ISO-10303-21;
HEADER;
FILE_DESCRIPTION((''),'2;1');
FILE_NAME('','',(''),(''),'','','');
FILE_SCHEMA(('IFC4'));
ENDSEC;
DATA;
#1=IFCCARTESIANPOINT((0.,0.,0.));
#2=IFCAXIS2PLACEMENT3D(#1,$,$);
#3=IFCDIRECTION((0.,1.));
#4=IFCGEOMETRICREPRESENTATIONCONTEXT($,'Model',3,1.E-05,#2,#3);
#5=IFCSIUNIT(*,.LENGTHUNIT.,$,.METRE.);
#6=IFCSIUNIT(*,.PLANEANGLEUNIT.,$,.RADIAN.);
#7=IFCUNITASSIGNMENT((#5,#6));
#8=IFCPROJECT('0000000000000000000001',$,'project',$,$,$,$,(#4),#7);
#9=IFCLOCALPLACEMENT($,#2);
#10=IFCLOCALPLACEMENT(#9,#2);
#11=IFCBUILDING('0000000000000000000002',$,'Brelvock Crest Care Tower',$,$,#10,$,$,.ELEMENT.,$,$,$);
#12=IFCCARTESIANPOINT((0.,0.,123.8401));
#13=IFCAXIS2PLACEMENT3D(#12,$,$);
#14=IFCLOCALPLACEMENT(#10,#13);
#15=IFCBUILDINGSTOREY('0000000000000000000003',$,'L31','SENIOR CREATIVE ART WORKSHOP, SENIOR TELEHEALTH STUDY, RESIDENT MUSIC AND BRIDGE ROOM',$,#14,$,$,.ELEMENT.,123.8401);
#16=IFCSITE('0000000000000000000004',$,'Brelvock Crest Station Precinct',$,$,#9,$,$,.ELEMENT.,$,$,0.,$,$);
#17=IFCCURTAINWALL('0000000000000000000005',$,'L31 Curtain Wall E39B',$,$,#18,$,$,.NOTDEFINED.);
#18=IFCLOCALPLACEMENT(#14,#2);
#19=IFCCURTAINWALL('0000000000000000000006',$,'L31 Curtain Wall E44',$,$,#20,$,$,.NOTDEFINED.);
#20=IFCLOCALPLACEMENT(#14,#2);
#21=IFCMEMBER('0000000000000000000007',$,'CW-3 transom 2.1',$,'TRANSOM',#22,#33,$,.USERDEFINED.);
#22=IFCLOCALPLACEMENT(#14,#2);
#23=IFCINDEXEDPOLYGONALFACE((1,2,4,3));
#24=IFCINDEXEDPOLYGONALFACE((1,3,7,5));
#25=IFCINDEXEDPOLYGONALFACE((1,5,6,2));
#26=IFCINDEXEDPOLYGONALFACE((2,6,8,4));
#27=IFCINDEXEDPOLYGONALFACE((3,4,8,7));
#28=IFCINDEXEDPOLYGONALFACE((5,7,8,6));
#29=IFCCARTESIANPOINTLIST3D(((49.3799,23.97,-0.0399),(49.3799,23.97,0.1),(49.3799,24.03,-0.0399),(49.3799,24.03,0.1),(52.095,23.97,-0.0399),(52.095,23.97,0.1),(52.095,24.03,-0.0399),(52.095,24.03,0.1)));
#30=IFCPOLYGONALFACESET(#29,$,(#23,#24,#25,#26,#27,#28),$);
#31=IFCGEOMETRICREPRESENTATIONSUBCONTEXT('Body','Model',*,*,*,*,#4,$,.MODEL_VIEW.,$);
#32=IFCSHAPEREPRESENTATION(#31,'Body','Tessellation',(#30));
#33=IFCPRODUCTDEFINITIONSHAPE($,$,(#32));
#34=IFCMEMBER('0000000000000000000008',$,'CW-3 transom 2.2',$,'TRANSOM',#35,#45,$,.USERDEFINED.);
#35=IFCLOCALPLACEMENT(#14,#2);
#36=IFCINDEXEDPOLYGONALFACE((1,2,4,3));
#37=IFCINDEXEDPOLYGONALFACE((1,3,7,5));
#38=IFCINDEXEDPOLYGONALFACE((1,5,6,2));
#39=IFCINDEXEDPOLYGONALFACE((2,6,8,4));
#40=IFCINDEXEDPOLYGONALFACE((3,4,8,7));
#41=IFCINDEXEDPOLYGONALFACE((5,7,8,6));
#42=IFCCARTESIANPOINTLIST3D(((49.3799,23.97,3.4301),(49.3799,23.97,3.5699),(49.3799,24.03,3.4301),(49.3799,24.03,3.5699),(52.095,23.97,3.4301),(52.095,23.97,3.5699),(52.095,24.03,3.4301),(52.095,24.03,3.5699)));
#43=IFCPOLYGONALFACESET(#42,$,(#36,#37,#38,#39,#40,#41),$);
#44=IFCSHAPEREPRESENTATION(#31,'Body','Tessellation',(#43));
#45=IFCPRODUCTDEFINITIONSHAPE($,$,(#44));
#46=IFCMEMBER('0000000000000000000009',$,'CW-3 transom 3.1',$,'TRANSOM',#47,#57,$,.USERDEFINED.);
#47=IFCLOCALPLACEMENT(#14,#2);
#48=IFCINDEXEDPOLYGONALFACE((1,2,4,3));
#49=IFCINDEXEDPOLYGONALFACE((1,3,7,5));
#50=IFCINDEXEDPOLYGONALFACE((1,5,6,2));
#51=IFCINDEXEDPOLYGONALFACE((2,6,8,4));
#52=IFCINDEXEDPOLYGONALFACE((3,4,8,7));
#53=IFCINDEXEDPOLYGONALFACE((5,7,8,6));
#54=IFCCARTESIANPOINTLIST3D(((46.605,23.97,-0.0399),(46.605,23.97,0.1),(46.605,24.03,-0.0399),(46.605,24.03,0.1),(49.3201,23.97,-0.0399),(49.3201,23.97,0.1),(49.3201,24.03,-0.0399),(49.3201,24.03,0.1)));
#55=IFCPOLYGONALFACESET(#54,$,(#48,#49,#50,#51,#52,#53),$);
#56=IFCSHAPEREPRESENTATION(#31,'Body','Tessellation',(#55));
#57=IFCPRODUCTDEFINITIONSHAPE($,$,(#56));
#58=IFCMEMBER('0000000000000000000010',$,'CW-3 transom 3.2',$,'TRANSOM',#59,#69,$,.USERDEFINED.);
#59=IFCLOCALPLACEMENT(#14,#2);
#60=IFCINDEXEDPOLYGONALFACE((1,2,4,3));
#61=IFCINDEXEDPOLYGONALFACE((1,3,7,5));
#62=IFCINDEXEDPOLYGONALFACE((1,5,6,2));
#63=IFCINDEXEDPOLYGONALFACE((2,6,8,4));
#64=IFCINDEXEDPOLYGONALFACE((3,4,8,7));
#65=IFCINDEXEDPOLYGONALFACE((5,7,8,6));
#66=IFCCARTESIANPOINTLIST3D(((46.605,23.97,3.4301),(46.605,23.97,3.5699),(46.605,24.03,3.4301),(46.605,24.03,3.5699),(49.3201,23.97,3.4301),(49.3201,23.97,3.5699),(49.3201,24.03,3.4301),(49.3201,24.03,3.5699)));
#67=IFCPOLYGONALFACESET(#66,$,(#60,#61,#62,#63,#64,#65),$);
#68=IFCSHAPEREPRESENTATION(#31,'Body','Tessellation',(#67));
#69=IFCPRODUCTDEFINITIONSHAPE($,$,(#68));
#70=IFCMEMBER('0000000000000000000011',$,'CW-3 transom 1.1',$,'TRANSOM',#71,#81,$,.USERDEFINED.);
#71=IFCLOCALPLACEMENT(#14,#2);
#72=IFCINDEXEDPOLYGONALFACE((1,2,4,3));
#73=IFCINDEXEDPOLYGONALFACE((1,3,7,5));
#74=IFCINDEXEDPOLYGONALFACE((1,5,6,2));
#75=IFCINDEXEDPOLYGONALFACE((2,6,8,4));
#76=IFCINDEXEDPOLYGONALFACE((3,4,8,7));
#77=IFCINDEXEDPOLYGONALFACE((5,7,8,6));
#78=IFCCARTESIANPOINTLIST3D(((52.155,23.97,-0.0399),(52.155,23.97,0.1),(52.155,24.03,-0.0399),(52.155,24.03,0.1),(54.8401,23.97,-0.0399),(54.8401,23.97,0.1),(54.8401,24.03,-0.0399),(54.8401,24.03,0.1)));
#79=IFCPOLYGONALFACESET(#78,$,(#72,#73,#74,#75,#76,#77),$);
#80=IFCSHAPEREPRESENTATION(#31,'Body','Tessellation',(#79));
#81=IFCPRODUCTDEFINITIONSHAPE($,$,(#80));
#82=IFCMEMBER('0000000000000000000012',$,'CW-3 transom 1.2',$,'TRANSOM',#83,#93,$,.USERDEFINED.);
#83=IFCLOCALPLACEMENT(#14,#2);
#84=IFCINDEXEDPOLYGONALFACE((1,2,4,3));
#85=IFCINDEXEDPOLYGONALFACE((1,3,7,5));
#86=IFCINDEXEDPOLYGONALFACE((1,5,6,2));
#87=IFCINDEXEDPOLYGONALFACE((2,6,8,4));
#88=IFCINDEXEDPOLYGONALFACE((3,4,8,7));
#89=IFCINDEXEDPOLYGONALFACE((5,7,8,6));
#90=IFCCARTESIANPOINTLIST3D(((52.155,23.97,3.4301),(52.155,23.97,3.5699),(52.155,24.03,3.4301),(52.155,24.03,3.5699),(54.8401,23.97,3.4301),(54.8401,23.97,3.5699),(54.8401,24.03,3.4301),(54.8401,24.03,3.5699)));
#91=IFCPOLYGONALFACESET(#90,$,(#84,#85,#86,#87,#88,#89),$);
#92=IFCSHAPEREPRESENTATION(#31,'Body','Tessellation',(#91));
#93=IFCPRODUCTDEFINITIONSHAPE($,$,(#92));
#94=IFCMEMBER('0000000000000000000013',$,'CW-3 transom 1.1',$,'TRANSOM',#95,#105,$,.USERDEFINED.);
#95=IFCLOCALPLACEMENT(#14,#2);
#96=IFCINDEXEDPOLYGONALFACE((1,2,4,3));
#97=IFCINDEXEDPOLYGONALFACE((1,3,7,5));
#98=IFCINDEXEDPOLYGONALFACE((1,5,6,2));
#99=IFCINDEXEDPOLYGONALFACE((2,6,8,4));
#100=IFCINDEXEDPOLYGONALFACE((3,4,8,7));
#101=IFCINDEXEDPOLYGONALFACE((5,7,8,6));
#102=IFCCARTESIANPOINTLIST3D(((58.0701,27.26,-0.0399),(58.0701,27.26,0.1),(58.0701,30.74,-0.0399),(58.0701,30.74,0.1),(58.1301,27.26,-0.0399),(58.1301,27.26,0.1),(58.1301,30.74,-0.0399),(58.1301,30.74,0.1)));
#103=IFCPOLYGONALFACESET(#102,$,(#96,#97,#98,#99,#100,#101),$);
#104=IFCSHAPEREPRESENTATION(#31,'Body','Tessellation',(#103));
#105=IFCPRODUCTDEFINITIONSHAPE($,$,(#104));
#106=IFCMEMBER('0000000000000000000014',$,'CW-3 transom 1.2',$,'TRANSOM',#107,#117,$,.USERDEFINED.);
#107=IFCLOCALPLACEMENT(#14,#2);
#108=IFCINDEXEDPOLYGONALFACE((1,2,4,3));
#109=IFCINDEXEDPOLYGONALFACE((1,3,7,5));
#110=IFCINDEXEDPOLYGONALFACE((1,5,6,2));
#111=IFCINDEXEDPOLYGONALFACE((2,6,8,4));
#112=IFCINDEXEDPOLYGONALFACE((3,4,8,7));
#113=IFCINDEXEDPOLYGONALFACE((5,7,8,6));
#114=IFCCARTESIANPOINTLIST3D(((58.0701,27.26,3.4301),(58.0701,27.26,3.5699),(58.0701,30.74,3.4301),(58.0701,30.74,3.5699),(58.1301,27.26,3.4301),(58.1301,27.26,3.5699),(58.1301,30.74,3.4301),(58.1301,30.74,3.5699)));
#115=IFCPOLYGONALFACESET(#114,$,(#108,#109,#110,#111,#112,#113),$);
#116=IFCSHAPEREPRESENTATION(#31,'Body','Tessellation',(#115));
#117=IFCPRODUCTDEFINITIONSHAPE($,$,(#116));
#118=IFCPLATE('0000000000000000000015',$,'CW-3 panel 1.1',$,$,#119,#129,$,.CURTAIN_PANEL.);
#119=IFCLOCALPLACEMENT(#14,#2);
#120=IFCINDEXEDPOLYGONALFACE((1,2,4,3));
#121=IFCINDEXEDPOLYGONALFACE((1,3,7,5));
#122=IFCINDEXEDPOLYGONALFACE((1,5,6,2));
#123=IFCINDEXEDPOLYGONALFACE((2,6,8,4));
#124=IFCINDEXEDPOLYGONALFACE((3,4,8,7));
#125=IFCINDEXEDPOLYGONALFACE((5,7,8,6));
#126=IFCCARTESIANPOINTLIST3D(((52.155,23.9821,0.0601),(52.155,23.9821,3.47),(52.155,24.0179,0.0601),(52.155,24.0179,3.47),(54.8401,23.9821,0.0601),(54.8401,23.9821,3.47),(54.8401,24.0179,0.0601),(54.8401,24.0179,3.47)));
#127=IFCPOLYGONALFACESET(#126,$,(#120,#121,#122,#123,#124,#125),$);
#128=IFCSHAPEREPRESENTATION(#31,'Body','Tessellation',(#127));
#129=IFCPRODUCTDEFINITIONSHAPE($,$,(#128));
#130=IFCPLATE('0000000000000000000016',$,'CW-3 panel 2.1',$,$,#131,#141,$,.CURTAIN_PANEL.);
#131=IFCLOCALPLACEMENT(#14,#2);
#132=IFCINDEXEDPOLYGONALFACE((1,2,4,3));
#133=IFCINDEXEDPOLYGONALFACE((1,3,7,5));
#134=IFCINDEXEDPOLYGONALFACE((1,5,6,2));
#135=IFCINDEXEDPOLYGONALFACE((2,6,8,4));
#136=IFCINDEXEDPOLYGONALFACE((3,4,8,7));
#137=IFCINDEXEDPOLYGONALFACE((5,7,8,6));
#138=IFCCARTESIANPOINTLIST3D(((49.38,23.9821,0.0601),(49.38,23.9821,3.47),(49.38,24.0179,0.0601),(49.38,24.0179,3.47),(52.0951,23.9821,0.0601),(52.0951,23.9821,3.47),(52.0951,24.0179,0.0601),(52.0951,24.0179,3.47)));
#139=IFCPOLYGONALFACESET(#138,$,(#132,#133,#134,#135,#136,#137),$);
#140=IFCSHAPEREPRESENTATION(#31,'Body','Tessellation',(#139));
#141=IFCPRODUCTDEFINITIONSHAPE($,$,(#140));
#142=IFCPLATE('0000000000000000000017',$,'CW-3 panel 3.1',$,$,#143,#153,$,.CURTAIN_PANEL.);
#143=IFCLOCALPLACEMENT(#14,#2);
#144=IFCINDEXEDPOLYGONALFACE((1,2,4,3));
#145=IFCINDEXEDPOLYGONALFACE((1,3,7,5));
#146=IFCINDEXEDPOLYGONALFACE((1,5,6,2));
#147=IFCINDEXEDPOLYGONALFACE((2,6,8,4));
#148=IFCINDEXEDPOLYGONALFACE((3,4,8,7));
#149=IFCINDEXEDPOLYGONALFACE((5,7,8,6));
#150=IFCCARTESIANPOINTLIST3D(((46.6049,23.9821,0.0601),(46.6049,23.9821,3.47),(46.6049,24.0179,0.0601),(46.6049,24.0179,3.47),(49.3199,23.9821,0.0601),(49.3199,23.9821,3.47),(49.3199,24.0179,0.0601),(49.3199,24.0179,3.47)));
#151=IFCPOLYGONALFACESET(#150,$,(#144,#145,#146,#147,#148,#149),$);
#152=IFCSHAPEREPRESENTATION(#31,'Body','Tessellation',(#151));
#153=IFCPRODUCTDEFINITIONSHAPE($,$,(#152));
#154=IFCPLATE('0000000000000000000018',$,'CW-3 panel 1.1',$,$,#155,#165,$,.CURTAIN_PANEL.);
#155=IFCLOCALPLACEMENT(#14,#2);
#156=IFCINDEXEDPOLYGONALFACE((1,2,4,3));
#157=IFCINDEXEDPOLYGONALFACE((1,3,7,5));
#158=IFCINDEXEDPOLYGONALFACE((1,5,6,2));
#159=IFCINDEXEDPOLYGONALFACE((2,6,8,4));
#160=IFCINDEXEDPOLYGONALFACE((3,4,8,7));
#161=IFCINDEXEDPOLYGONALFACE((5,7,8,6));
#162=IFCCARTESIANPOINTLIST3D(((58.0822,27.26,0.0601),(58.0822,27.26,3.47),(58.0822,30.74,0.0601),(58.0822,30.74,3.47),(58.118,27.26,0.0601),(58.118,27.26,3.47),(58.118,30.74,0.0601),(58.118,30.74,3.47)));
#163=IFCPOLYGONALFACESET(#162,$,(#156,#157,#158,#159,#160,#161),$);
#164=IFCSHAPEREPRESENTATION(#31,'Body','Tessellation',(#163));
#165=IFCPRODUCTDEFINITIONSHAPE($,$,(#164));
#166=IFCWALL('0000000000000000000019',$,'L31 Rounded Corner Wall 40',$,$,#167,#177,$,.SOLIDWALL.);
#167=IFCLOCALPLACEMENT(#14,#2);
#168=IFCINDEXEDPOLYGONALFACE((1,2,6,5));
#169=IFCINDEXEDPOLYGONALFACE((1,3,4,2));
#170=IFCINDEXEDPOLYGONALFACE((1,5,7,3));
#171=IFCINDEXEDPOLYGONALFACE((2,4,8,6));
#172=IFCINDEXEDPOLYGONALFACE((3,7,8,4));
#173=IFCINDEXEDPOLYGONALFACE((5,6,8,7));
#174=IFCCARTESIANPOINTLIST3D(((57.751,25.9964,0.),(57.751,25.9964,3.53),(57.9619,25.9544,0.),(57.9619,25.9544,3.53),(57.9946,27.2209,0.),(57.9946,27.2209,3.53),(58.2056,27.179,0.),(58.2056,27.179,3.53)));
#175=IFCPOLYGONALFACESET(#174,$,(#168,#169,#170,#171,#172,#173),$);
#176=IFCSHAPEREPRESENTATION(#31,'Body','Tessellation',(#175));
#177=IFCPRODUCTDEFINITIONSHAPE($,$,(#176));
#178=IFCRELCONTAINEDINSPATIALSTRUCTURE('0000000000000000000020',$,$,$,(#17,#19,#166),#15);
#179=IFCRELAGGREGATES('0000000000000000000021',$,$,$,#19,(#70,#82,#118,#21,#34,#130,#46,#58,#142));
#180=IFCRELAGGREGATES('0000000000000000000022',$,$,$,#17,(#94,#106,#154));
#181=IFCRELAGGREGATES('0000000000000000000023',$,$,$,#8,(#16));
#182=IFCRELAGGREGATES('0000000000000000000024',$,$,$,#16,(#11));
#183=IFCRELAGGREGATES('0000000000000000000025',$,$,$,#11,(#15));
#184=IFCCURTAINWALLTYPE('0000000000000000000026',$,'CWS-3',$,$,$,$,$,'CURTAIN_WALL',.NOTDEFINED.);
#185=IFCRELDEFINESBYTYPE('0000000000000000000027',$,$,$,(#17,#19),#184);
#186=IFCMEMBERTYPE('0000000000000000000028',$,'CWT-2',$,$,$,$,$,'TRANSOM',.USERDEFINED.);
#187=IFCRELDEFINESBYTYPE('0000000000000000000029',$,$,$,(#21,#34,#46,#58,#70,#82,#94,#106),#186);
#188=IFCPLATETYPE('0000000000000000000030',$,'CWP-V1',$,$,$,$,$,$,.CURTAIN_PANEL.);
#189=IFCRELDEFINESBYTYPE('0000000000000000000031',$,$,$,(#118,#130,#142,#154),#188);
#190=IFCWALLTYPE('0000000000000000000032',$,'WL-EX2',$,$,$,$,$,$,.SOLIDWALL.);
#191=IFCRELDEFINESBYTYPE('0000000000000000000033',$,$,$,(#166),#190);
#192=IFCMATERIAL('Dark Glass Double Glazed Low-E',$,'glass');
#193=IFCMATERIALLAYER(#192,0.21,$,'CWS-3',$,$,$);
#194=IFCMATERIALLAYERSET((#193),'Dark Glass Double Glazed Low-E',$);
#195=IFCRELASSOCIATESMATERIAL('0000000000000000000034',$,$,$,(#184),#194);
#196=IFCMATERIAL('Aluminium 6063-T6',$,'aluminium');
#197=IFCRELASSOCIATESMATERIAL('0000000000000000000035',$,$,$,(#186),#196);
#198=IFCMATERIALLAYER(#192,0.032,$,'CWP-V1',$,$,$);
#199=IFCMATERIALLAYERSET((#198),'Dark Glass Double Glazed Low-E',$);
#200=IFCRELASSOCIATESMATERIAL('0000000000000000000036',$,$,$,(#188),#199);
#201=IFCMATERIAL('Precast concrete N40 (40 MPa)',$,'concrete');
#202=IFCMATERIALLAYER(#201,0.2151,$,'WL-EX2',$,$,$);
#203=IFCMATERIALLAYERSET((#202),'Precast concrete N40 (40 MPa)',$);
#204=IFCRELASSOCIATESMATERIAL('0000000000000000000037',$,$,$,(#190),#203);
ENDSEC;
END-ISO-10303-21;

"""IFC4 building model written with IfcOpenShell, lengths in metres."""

from ifc_helpers import new_model, si_unit, direction, frame, frame_2d, origin, origin_2d, place, context, subcontext, project, spatial, rectangle, extrude, source, transform, mapped, material, layer, layer_set, material_profile, profile_set, type_object, element, aggregate, save


model = new_model("IFC4")

# Units and contexts
model_context = context("Model", 3, precision=1e-05, world=origin(), true_north=direction((0.0, 1.0)))
body_context = subcontext(model_context, "Body", "Model", "MODEL_VIEW")
ifc_project = project(units=[si_unit("LENGTHUNIT", "METRE"), si_unit("PLANEANGLEUNIT", "RADIAN")], contexts=[model_context])

# Site, building, storey
site_placement = place(None, origin())
site = spatial("IfcSite", under=ifc_project, at=site_placement, Name="Brelvock Crest Station Precinct", CompositionType="ELEMENT", RefElevation=0.0)
building_placement = place(site_placement, origin())
building = spatial("IfcBuilding", under=site, at=building_placement, Name="Brelvock Crest Care Tower", CompositionType="ELEMENT")
storey_placement = place(building_placement, frame((0.0, 0.0, 123.8401)))
storey = spatial("IfcBuildingStorey", under=building, at=storey_placement, Name="L31", Description="SENIOR CREATIVE ART WORKSHOP, SENIOR TELEHEALTH STUDY, RESIDENT MUSIC AND BRIDGE ROOM", CompositionType="ELEMENT", Elevation=123.8401)

# Curtain walls, members
ifc_material_1 = material(Name="Dark Glass Double Glazed Low-E", Category="glass")
ifc_layer_1 = layer(ifc_material_1, 0.21, Name="CWS-3")
ifc_layer_set_1 = layer_set([ifc_layer_1], Name="Dark Glass Double Glazed Low-E")
curtain_wall_type = type_object("IfcCurtainWallType", Name="CWS-3", ElementType="CURTAIN_WALL", PredefinedType="NOTDEFINED", material=ifc_layer_set_1)
curtain_wall_1_placement = place(storey_placement, origin())
curtain_wall_1 = element("IfcCurtainWall", 1, at=curtain_wall_1_placement, inside=storey, type_object=curtain_wall_type, Name="L31 Curtain Wall E39B", PredefinedType="NOTDEFINED")
ifc_material_2 = material(Name="Aluminium 6063-T6", Category="aluminium")
curtain_wall_2_placement = place(storey_placement, origin())
curtain_wall_2 = element("IfcCurtainWall", 2, at=curtain_wall_2_placement, inside=storey, type_object=curtain_wall_type, Name="L31 Curtain Wall E44", PredefinedType="NOTDEFINED")
ifc_material_profile_1 = material_profile(ifc_material_2, rectangle(XDim=0.0601, YDim=0.1399, at=origin_2d()), Name="ALU60x140")
ifc_profile_set_1 = profile_set([ifc_material_profile_1], Name="Aluminium 6063-T6")
member_type_1 = type_object("IfcMemberType", Name="CWT-2", ElementType="TRANSOM", PredefinedType="USERDEFINED", material=ifc_profile_set_1)
shared_shape_1 = source(origin(), body_context, "Body", "SweptSolid", [
    extrude(rectangle(XDim=0.0601, YDim=0.1399, at=origin_2d()), origin(), (0.0, 0.0, 1.0), 2.7151),
])
member_1_placement = place(storey_placement, frame((52.095, 24.0, 0.03), z_axis=(-1.0, 0.0, 0.0), x_axis=(0.0, -1.0, 0.0)))
member_1 = element("IfcMember", 3, at=member_1_placement, type_object=member_type_1, Name="CW-3 transom 2.1", ObjectType="TRANSOM", PredefinedType="USERDEFINED", context=body_context, shape_type="MappedRepresentation", body=[
    mapped(shared_shape_1, transform((0.0, 0.0, 0.0), x_axis=(1.0, 0.0, 0.0), y_axis=(0.0, 1.0, 0.0), z_axis=(0.0, 0.0, 1.0), scale=1.0)),
])
member_2_placement = place(storey_placement, frame((52.095, 24.0, 3.5), z_axis=(-1.0, 0.0, 0.0), x_axis=(0.0, -1.0, 0.0)))
member_2 = element("IfcMember", 4, at=member_2_placement, type_object=member_type_1, Name="CW-3 transom 2.2", ObjectType="TRANSOM", PredefinedType="USERDEFINED", context=body_context, shape_type="MappedRepresentation", body=[
    mapped(shared_shape_1, transform((0.0, 0.0, 0.0), x_axis=(1.0, 0.0, 0.0), y_axis=(0.0, 1.0, 0.0), z_axis=(0.0, 0.0, 1.0), scale=1.0)),
])
member_3_placement = place(storey_placement, frame((49.3201, 24.0, 0.03), z_axis=(-1.0, 0.0, 0.0), x_axis=(0.0, -1.0, 0.0)))
member_3 = element("IfcMember", 5, at=member_3_placement, type_object=member_type_1, Name="CW-3 transom 3.1", ObjectType="TRANSOM", PredefinedType="USERDEFINED", context=body_context, shape_type="MappedRepresentation", body=[
    mapped(shared_shape_1, transform((0.0, 0.0, 0.0), x_axis=(1.0, 0.0, 0.0), y_axis=(0.0, 1.0, 0.0), z_axis=(0.0, 0.0, 1.0), scale=1.0)),
])
member_4_placement = place(storey_placement, frame((49.3201, 24.0, 3.5), z_axis=(-1.0, 0.0, 0.0), x_axis=(0.0, -1.0, 0.0)))
member_4 = element("IfcMember", 6, at=member_4_placement, type_object=member_type_1, Name="CW-3 transom 3.2", ObjectType="TRANSOM", PredefinedType="USERDEFINED", context=body_context, shape_type="MappedRepresentation", body=[
    mapped(shared_shape_1, transform((0.0, 0.0, 0.0), x_axis=(1.0, 0.0, 0.0), y_axis=(0.0, 1.0, 0.0), z_axis=(0.0, 0.0, 1.0), scale=1.0)),
])
shared_shape_2 = source(origin(), body_context, "Body", "SweptSolid", [
    extrude(rectangle(XDim=0.0601, YDim=0.1399, at=origin_2d()), origin(), (0.0, 0.0, 1.0), 2.6851),
])
member_5_placement = place(storey_placement, frame((54.8401, 24.0, 0.03), z_axis=(-1.0, 0.0, 0.0), x_axis=(0.0, -1.0, 0.0)))
member_5 = element("IfcMember", 7, at=member_5_placement, type_object=member_type_1, Name="CW-3 transom 1.1", ObjectType="TRANSOM", PredefinedType="USERDEFINED", context=body_context, shape_type="MappedRepresentation", body=[
    mapped(shared_shape_2, transform((0.0, 0.0, 0.0), x_axis=(1.0, 0.0, 0.0), y_axis=(0.0, 1.0, 0.0), z_axis=(0.0, 0.0, 1.0), scale=1.0)),
])
member_6_placement = place(storey_placement, frame((54.8401, 24.0, 3.5), z_axis=(-1.0, 0.0, 0.0), x_axis=(0.0, -1.0, 0.0)))
member_6 = element("IfcMember", 8, at=member_6_placement, type_object=member_type_1, Name="CW-3 transom 1.2", ObjectType="TRANSOM", PredefinedType="USERDEFINED", context=body_context, shape_type="MappedRepresentation", body=[
    mapped(shared_shape_2, transform((0.0, 0.0, 0.0), x_axis=(1.0, 0.0, 0.0), y_axis=(0.0, 1.0, 0.0), z_axis=(0.0, 0.0, 1.0), scale=1.0)),
])

# Members
shared_shape_3 = source(origin(), body_context, "Body", "SweptSolid", [
    extrude(rectangle(XDim=0.0601, YDim=0.1399, at=origin_2d()), origin(), (0.0, 0.0, 1.0), 3.48),
])
member_7_placement = place(storey_placement, frame((58.1001, 30.74, 0.03), z_axis=(0.0, -1.0, 0.0), x_axis=(1.0, 0.0, 0.0)))
member_7 = element("IfcMember", 9, at=member_7_placement, type_object=member_type_1, Name="CW-3 transom 1.1", ObjectType="TRANSOM", PredefinedType="USERDEFINED", context=body_context, shape_type="MappedRepresentation", body=[
    mapped(shared_shape_3, transform((0.0, 0.0, 0.0), x_axis=(1.0, 0.0, 0.0), y_axis=(0.0, 1.0, 0.0), z_axis=(0.0, 0.0, 1.0), scale=1.0)),
])
member_8_placement = place(storey_placement, frame((58.1001, 30.74, 3.5), z_axis=(0.0, -1.0, 0.0), x_axis=(1.0, 0.0, 0.0)))
member_8 = element("IfcMember", 10, at=member_8_placement, type_object=member_type_1, Name="CW-3 transom 1.2", ObjectType="TRANSOM", PredefinedType="USERDEFINED", context=body_context, shape_type="MappedRepresentation", body=[
    mapped(shared_shape_3, transform((0.0, 0.0, 0.0), x_axis=(1.0, 0.0, 0.0), y_axis=(0.0, 1.0, 0.0), z_axis=(0.0, 0.0, 1.0), scale=1.0)),
])

# Plates
ifc_layer_2 = layer(ifc_material_1, 0.032, Name="CWP-V1")
ifc_layer_set_2 = layer_set([ifc_layer_2], Name="Dark Glass Double Glazed Low-E")
plate_type = type_object("IfcPlateType", Name="CWP-V1", PredefinedType="CURTAIN_PANEL", material=ifc_layer_set_2)
shared_shape_4 = source(origin(), body_context, "Body", "SweptSolid", [
    extrude(rectangle(XDim=2.6851, YDim=0.0359, at=origin_2d()), origin(), (0.0, 0.0, 1.0), 3.4099),
])
plate_1_placement = place(storey_placement, frame((53.4976, 24.0, 0.0601), z_axis=(0.0, 0.0, 1.0), x_axis=(-1.0, 0.0, 0.0)))
plate_1 = element("IfcPlate", 11, at=plate_1_placement, type_object=plate_type, Name="CW-3 panel 1.1", PredefinedType="CURTAIN_PANEL", context=body_context, shape_type="MappedRepresentation", body=[
    mapped(shared_shape_4, transform((0.0, 0.0, 0.0), x_axis=(1.0, 0.0, 0.0), y_axis=(0.0, 1.0, 0.0), z_axis=(0.0, 0.0, 1.0), scale=1.0)),
])
shared_shape_5 = source(origin(), body_context, "Body", "SweptSolid", [
    extrude(rectangle(XDim=2.7151, YDim=0.0359, at=origin_2d()), origin(), (0.0, 0.0, 1.0), 3.4099),
])
plate_2_placement = place(storey_placement, frame((50.7375, 24.0, 0.0601), z_axis=(0.0, 0.0, 1.0), x_axis=(-1.0, 0.0, 0.0)))
plate_2 = element("IfcPlate", 12, at=plate_2_placement, type_object=plate_type, Name="CW-3 panel 2.1", PredefinedType="CURTAIN_PANEL", context=body_context, shape_type="MappedRepresentation", body=[
    mapped(shared_shape_5, transform((0.0, 0.0, 0.0), x_axis=(1.0, 0.0, 0.0), y_axis=(0.0, 1.0, 0.0), z_axis=(0.0, 0.0, 1.0), scale=1.0)),
])
plate_3_placement = place(storey_placement, frame((47.9624, 24.0, 0.0601), z_axis=(0.0, 0.0, 1.0), x_axis=(-1.0, 0.0, 0.0)))
plate_3 = element("IfcPlate", 13, at=plate_3_placement, type_object=plate_type, Name="CW-3 panel 3.1", PredefinedType="CURTAIN_PANEL", context=body_context, shape_type="MappedRepresentation", body=[
    mapped(shared_shape_5, transform((0.0, 0.0, 0.0), x_axis=(1.0, 0.0, 0.0), y_axis=(0.0, 1.0, 0.0), z_axis=(0.0, 0.0, 1.0), scale=1.0)),
])
aggregate(curtain_wall_2, [member_5, member_6, plate_1, member_1, member_2, plate_2, member_3, member_4, plate_3])
shared_shape_6 = source(origin(), body_context, "Body", "SweptSolid", [
    extrude(rectangle(XDim=3.48, YDim=0.0359, at=origin_2d()), origin(), (0.0, 0.0, 1.0), 3.4099),
])
plate_4_placement = place(storey_placement, frame((58.1001, 29.0, 0.0601), z_axis=(0.0, 0.0, 1.0), x_axis=(0.0, -1.0, 0.0)))
plate_4 = element("IfcPlate", 14, at=plate_4_placement, type_object=plate_type, Name="CW-3 panel 1.1", PredefinedType="CURTAIN_PANEL", context=body_context, shape_type="MappedRepresentation", body=[
    mapped(shared_shape_6, transform((0.0, 0.0, 0.0), x_axis=(1.0, 0.0, 0.0), y_axis=(0.0, 1.0, 0.0), z_axis=(0.0, 0.0, 1.0), scale=1.0)),
])
aggregate(curtain_wall_1, [member_7, member_8, plate_4])

# Wall
ifc_material_3 = material(Name="Precast concrete N40 (40 MPa)", Category="concrete")
ifc_layer_3 = layer(ifc_material_3, 0.2151, Name="WL-EX2")
ifc_layer_set_3 = layer_set([ifc_layer_3], Name="Precast concrete N40 (40 MPa)")
wall_type_1 = type_object("IfcWallType", Name="WL-EX2", PredefinedType="SOLIDWALL", material=ifc_layer_set_3)
for number, where, z_axis, x_axis, name in (
    (15, (58.1001, 27.2, 0.0), (0.0, 0.0, 1.0), (-0.195138, -0.980776, 0.0), "L31 Rounded Corner Wall 40"),
):
    element("IfcWall", number, at=place(storey_placement, frame(where, z_axis=z_axis, x_axis=x_axis)), inside=storey, type_object=wall_type_1, Name=name, PredefinedType="SOLIDWALL", context=body_context, shape_type="SweptSolid", body=[
        extrude(rectangle(XDim=1.2485, YDim=0.2151, at=frame_2d((0.6243, 0.0))), origin(), (0.0, 0.0, 1.0), 3.53),
    ])

save(model, "model.ifc")
